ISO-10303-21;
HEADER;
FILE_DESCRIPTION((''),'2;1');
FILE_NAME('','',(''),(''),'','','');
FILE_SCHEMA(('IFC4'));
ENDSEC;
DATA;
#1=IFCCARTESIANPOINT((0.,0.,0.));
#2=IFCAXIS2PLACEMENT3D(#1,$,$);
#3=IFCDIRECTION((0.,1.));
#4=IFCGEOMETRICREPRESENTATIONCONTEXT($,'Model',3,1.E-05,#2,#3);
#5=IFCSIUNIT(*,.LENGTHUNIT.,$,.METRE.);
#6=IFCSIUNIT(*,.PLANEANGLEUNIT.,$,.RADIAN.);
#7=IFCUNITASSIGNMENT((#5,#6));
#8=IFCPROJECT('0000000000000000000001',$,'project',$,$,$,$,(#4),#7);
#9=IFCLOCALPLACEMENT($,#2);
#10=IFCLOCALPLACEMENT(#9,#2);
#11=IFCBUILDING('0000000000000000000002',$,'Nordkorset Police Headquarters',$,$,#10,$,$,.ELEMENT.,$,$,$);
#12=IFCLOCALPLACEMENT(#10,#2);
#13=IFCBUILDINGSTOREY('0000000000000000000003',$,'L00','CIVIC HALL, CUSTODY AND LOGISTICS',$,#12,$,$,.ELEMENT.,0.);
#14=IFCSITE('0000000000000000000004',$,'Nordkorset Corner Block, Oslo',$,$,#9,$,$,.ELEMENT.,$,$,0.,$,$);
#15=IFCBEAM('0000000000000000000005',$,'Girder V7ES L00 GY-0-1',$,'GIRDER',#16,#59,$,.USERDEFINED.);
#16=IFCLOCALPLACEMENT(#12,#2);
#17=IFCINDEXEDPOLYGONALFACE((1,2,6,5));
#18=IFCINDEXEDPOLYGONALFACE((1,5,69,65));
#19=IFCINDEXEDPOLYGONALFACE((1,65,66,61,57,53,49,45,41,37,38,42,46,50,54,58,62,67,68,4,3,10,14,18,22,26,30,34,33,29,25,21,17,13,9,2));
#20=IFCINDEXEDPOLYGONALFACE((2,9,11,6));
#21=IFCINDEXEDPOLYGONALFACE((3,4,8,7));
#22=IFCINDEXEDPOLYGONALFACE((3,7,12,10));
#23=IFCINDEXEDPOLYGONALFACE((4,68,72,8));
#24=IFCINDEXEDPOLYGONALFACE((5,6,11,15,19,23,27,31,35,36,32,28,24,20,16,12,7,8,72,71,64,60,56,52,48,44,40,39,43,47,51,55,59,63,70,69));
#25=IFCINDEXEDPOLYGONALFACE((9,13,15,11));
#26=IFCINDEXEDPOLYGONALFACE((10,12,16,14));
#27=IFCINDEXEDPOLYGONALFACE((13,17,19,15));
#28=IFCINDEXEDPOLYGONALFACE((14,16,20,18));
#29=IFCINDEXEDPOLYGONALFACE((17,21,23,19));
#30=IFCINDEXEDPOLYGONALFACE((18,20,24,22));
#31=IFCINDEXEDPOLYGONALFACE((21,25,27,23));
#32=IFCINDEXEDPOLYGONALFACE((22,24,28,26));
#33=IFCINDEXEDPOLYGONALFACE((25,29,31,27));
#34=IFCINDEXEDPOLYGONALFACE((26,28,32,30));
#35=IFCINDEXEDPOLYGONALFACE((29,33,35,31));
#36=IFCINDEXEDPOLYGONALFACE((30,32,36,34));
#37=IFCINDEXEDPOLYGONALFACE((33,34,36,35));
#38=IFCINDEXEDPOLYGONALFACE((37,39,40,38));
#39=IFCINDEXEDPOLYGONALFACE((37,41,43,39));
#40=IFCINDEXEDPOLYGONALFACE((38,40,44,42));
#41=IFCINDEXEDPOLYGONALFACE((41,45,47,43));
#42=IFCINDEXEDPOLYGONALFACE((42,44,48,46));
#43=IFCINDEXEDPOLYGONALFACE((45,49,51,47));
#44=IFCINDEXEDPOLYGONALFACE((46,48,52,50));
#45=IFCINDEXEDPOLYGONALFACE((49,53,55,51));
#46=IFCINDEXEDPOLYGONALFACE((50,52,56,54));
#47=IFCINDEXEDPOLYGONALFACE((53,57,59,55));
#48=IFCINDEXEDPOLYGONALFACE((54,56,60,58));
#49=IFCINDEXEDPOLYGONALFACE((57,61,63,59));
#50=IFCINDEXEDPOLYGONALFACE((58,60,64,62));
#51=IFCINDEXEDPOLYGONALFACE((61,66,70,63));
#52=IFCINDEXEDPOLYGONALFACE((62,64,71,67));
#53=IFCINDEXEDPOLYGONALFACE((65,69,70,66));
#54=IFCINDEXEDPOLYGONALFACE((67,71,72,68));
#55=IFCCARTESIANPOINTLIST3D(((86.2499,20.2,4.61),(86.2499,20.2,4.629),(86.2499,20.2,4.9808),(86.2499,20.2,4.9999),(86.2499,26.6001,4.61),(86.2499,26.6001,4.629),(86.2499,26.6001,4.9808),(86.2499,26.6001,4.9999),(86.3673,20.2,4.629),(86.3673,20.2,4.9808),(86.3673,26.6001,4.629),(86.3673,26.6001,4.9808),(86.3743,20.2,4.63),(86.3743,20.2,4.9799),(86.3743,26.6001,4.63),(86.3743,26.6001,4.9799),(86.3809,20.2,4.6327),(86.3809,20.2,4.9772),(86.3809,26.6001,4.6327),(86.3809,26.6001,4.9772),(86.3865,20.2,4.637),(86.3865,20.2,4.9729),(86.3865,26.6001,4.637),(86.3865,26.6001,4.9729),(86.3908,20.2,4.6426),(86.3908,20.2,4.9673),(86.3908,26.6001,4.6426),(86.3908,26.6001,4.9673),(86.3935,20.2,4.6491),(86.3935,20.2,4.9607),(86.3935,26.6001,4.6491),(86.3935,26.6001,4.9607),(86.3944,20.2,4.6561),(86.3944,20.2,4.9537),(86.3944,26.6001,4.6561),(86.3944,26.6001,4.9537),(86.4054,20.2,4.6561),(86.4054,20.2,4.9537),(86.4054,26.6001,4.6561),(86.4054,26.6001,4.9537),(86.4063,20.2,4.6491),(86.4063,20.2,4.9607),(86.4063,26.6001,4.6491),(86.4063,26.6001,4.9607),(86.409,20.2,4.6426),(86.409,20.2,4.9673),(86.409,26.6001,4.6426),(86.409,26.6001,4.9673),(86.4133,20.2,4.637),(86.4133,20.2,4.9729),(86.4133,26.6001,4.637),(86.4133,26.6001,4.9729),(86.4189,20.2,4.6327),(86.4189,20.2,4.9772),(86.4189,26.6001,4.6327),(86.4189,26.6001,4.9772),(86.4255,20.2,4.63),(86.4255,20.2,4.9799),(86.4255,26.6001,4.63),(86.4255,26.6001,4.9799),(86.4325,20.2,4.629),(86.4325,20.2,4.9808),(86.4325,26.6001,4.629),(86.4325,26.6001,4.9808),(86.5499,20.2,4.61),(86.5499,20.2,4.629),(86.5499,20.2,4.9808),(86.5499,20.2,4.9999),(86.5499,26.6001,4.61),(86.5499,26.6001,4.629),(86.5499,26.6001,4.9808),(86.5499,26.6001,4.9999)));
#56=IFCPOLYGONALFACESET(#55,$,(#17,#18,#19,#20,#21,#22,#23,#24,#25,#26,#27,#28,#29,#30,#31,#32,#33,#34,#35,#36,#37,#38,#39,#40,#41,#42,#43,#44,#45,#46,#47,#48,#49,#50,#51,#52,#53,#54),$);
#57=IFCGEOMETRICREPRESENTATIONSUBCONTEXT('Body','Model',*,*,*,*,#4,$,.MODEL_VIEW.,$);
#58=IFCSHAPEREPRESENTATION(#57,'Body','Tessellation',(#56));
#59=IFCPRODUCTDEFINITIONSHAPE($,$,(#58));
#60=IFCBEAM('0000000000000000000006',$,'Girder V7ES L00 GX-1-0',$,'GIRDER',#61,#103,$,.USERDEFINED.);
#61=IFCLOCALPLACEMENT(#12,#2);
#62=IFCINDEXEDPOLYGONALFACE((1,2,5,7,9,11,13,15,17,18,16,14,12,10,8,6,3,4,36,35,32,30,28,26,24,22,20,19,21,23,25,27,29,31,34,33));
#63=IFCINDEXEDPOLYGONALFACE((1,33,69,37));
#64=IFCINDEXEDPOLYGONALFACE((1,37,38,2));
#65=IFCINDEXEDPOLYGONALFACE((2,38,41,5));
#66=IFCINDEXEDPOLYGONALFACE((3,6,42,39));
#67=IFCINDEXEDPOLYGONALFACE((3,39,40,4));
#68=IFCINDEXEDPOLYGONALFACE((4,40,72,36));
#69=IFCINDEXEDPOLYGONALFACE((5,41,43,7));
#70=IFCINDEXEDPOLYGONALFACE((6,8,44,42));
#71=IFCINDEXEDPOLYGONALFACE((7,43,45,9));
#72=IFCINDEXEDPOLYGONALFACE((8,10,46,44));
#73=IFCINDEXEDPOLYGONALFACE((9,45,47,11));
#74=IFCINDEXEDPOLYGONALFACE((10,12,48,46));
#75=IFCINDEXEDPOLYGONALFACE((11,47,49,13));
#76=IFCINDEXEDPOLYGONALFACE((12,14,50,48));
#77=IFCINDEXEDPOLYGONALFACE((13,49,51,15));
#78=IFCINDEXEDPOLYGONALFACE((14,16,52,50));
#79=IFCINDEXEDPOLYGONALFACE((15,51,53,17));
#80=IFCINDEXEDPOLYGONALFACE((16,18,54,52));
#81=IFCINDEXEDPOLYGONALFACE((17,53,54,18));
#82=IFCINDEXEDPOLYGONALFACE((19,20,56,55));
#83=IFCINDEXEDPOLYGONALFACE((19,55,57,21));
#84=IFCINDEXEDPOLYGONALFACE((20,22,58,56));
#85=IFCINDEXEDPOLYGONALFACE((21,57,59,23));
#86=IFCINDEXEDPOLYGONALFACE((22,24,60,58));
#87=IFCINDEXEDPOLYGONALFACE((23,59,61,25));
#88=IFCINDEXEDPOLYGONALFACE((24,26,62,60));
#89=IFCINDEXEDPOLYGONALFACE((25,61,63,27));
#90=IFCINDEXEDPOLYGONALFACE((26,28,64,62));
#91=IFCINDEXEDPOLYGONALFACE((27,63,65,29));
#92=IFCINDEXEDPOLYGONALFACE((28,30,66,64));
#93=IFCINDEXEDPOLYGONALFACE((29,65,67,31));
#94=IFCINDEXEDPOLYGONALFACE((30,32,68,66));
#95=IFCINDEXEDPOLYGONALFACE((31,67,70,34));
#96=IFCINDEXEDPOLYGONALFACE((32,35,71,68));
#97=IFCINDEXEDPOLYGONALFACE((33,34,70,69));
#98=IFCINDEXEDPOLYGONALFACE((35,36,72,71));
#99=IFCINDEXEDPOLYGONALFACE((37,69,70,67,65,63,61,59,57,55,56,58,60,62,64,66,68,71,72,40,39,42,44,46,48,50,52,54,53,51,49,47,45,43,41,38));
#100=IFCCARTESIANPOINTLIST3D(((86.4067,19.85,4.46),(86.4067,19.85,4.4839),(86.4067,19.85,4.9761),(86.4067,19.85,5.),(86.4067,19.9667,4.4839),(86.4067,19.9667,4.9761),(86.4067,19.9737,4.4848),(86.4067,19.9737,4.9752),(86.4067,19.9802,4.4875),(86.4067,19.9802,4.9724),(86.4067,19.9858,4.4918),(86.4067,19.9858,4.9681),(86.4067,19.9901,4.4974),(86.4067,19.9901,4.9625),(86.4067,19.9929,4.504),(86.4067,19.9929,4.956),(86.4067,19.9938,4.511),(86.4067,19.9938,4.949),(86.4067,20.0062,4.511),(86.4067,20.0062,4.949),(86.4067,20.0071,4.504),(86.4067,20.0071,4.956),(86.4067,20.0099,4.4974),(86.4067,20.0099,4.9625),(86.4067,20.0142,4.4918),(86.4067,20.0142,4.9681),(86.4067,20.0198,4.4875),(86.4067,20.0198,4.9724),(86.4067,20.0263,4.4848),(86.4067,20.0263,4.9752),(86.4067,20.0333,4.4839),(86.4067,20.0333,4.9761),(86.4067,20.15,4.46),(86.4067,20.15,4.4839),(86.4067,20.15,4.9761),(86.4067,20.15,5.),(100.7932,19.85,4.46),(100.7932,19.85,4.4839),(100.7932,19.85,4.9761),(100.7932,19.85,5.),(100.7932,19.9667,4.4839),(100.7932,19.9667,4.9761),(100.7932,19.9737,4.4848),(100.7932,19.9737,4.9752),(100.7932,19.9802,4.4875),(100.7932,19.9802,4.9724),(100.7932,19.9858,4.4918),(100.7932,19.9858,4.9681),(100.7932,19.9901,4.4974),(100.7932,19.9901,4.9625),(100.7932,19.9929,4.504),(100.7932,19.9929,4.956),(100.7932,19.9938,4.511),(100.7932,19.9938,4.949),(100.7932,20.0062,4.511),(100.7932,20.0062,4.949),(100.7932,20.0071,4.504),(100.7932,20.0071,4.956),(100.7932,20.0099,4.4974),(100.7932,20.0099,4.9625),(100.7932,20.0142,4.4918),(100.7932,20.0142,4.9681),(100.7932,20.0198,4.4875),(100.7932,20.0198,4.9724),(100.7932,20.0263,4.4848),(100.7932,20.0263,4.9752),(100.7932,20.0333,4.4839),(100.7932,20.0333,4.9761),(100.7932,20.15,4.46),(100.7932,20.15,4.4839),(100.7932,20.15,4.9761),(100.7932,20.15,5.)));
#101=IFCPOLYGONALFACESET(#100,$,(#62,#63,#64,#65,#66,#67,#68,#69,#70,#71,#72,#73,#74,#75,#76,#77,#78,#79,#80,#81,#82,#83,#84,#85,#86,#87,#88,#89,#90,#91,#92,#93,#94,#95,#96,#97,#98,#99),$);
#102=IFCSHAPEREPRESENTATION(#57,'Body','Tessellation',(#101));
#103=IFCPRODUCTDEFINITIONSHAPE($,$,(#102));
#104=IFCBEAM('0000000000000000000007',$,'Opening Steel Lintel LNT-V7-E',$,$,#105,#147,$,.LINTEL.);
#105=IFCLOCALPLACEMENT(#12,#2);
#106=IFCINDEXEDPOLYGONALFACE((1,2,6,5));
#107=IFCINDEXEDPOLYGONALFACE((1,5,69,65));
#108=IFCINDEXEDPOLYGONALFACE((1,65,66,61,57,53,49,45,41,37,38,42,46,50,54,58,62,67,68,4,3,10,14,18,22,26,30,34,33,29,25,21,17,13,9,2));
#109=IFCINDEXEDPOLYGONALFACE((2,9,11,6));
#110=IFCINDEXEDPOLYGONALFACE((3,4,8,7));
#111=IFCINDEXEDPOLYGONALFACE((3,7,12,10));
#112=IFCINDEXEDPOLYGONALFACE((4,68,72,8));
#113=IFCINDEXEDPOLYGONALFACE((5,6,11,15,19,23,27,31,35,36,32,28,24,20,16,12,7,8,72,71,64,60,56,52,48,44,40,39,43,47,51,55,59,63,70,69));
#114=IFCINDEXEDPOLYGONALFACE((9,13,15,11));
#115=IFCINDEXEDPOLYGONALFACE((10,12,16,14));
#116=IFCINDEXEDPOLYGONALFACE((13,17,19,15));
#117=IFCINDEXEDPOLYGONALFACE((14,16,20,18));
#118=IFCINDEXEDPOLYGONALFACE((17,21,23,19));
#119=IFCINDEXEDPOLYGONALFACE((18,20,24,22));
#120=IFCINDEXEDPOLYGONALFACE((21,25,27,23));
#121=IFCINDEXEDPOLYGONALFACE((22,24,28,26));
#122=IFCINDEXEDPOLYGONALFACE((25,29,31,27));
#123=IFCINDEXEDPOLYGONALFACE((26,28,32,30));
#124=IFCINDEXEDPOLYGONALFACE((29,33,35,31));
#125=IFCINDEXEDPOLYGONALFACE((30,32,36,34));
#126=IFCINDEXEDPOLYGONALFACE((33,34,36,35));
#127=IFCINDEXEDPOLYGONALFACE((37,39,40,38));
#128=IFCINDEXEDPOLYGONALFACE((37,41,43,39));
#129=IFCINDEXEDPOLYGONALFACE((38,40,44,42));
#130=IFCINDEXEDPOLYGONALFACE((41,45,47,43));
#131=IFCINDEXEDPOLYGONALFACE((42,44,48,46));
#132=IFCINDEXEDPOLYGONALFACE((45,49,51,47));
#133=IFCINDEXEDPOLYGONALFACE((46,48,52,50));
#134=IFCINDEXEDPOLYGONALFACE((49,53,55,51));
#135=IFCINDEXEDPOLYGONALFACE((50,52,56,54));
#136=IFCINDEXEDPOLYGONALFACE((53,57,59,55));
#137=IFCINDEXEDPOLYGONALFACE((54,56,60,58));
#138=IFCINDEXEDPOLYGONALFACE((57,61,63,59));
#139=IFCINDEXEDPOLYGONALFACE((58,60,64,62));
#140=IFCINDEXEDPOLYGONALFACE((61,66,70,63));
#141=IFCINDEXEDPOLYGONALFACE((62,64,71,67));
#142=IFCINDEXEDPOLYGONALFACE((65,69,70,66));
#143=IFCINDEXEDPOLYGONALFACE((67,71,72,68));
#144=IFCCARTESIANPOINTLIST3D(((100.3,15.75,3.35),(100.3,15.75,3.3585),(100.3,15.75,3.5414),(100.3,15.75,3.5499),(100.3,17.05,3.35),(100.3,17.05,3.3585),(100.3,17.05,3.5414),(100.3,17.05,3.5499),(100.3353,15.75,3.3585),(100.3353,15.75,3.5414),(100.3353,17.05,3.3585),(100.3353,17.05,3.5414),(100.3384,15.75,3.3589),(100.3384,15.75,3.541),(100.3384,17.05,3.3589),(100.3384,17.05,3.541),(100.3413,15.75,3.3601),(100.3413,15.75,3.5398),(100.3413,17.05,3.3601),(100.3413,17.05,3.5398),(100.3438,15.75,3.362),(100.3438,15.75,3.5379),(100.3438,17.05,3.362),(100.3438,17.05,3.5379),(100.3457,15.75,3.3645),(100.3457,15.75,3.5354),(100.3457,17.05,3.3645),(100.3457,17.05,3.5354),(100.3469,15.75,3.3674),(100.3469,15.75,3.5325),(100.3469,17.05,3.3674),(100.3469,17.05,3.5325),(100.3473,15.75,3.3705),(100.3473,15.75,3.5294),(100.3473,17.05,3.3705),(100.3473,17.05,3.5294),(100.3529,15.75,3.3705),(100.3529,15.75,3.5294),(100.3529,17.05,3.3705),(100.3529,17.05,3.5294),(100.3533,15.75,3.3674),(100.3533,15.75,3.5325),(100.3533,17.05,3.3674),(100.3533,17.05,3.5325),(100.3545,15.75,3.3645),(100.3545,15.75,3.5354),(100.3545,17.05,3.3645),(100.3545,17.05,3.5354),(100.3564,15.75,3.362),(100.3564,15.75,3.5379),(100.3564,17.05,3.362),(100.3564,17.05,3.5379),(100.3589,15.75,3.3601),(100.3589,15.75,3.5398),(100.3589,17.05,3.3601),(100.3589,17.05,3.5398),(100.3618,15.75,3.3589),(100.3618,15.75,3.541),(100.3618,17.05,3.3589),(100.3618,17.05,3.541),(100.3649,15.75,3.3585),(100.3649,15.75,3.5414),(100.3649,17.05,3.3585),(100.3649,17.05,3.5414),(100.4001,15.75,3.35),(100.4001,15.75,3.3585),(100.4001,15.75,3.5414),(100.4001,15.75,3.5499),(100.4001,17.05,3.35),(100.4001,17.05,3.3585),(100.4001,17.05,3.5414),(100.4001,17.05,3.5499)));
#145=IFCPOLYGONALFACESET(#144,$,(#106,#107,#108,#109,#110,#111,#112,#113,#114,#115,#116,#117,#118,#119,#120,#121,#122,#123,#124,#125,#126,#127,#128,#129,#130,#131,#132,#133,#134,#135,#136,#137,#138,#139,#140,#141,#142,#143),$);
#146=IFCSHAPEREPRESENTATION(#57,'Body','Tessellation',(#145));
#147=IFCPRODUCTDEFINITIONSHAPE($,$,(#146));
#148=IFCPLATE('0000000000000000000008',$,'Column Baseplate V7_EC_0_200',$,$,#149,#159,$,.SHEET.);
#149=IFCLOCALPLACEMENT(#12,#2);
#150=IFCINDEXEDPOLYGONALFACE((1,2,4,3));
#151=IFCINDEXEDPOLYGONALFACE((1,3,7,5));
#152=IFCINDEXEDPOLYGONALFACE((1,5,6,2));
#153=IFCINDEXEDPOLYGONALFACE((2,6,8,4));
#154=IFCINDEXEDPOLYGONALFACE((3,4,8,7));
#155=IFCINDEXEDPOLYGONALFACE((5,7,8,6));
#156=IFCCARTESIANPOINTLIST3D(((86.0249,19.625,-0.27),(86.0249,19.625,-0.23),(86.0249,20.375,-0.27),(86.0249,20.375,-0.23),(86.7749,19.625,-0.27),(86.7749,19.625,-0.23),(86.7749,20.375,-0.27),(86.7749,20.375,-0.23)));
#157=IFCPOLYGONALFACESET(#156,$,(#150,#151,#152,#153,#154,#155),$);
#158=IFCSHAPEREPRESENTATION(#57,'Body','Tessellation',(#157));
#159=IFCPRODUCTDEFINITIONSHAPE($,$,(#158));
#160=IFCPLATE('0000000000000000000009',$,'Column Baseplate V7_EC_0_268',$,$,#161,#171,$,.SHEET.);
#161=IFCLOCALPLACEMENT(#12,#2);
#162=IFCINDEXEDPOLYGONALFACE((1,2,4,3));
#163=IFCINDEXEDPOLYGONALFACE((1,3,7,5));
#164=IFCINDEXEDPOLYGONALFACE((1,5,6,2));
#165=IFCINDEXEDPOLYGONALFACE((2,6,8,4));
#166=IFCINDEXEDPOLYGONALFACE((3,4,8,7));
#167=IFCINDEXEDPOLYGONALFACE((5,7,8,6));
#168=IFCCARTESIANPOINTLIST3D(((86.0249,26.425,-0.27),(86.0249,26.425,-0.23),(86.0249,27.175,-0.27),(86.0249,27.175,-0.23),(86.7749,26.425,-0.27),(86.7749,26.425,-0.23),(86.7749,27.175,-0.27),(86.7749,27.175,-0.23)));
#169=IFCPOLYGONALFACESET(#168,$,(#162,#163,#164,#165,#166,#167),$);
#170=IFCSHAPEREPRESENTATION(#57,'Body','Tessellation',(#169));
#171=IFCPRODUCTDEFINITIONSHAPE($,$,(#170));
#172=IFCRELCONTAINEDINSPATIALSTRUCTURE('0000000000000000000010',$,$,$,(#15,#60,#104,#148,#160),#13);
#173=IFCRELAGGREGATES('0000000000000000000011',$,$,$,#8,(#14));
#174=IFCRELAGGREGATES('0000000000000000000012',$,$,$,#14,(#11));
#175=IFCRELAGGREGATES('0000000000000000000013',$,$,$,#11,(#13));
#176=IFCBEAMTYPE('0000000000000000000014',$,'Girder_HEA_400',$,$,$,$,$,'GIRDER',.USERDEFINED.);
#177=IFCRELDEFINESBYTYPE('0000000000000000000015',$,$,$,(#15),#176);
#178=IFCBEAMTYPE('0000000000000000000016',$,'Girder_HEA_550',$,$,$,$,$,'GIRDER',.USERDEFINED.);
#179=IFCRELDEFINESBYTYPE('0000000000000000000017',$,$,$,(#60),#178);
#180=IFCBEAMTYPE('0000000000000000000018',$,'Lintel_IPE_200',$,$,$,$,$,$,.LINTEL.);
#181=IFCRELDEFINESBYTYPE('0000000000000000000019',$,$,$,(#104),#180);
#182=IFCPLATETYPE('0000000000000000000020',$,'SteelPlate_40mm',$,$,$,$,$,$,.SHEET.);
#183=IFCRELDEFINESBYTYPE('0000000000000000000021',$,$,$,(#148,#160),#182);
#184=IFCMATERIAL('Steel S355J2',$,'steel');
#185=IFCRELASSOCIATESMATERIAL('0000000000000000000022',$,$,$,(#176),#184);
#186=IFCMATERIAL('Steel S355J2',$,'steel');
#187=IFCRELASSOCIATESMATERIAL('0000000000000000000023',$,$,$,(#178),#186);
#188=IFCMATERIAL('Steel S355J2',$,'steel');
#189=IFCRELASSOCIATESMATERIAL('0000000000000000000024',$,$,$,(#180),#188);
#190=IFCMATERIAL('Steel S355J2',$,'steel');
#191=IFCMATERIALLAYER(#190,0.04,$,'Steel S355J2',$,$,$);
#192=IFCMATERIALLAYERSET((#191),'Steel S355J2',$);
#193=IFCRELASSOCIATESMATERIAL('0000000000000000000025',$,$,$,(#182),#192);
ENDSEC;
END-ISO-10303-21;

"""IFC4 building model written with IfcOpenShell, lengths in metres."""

from ifc_helpers import new_model, si_unit, direction, frame, origin, origin_2d, place, context, subcontext, project, spatial, rectangle, i_section, extrude, material, layer, layer_set, material_profile, profile_set, type_object, element, save


model = new_model("IFC4")

# Units and contexts
model_context = context("Model", 3, precision=1e-05, world=origin(), true_north=direction((0.0, 1.0)))
body_context = subcontext(model_context, "Body", "Model", "MODEL_VIEW")
ifc_project = project(units=[si_unit("LENGTHUNIT", "METRE"), si_unit("PLANEANGLEUNIT", "RADIAN")], contexts=[model_context])

# Site, building, storey
site_placement = place(None, origin())
site = spatial("IfcSite", under=ifc_project, at=site_placement, Name="Nordkorset Corner Block, Oslo", CompositionType="ELEMENT", RefElevation=0.0)
building_placement = place(site_placement, origin())
building = spatial("IfcBuilding", under=site, at=building_placement, Name="Nordkorset Police Headquarters", CompositionType="ELEMENT")
storey_placement = place(building_placement, origin())
storey = spatial("IfcBuildingStorey", under=building, at=storey_placement, Name="L00", Description="CIVIC HALL, CUSTODY AND LOGISTICS", CompositionType="ELEMENT", Elevation=0.0)

# Beams
ifc_material_1 = material(Name="Steel S355J2", Category="steel")
ifc_material_profile_1 = material_profile(ifc_material_1, i_section(OverallWidth=0.3, OverallDepth=0.3899, WebThickness=0.011, FlangeThickness=0.019, FilletRadius=0.0271, at=origin_2d()), Name="HEA 400")
ifc_profile_set_1 = profile_set([ifc_material_profile_1], Name="Steel S355J2")
beam_type_1 = type_object("IfcBeamType", Name="Girder_HEA_400", ElementType="GIRDER", PredefinedType="USERDEFINED", material=ifc_profile_set_1)
beam_1_placement = place(storey_placement, frame((86.3999, 20.2, 4.8049), z_axis=(0.0, 1.0, 0.0), x_axis=(-1.0, 0.0, 0.0)))
element("IfcBeam", 1, at=beam_1_placement, inside=storey, type_object=beam_type_1, Name="Girder V7ES L00 GY-0-1", ObjectType="GIRDER", PredefinedType="USERDEFINED", context=body_context, shape_type="SweptSolid", body=[
    extrude(i_section(OverallWidth=0.3, OverallDepth=0.3899, WebThickness=0.011, FlangeThickness=0.019, FilletRadius=0.0271, at=origin_2d()), origin(), (0.0, 0.0, 1.0), 6.4001),
])
ifc_material_2 = material(Name="Steel S355J2", Category="steel")
ifc_material_profile_2 = material_profile(ifc_material_2, i_section(OverallWidth=0.3, OverallDepth=0.54, WebThickness=0.0125, FlangeThickness=0.0239, FilletRadius=0.0271, at=origin_2d()), Name="HEA 550")
ifc_profile_set_2 = profile_set([ifc_material_profile_2], Name="Steel S355J2")
beam_type_2 = type_object("IfcBeamType", Name="Girder_HEA_550", ElementType="GIRDER", PredefinedType="USERDEFINED", material=ifc_profile_set_2)
beam_2_placement = place(storey_placement, frame((86.4067, 20.0, 4.73), z_axis=(1.0, 0.0, 0.0), x_axis=(0.0, 1.0, 0.0)))
element("IfcBeam", 2, at=beam_2_placement, inside=storey, type_object=beam_type_2, Name="Girder V7ES L00 GX-1-0", ObjectType="GIRDER", PredefinedType="USERDEFINED", context=body_context, shape_type="SweptSolid", body=[
    extrude(i_section(OverallWidth=0.3, OverallDepth=0.54, WebThickness=0.0125, FlangeThickness=0.0239, FilletRadius=0.0271, at=origin_2d()), origin(), (0.0, 0.0, 1.0), 14.3865),
])
ifc_material_3 = material(Name="Steel S355J2", Category="steel")
ifc_material_profile_3 = material_profile(ifc_material_3, i_section(OverallWidth=0.1001, OverallDepth=0.2, WebThickness=0.0056, FlangeThickness=0.0085, FilletRadius=0.012, at=origin_2d()), Name="IPE 200")
ifc_profile_set_3 = profile_set([ifc_material_profile_3], Name="Steel S355J2")
beam_type_3 = type_object("IfcBeamType", Name="Lintel_IPE_200", PredefinedType="LINTEL", material=ifc_profile_set_3)
beam_3_placement = place(storey_placement, frame((100.3501, 15.75, 3.45), z_axis=(0.0, 1.0, 0.0), x_axis=(-1.0, 0.0, 0.0)))
element("IfcBeam", 3, at=beam_3_placement, inside=storey, type_object=beam_type_3, Name="Opening Steel Lintel LNT-V7-E", PredefinedType="LINTEL", context=body_context, shape_type="SweptSolid", body=[
    extrude(i_section(OverallWidth=0.1001, OverallDepth=0.2, WebThickness=0.0056, FlangeThickness=0.0085, FilletRadius=0.012, at=origin_2d()), origin(), (0.0, 0.0, 1.0), 1.3),
])

# Plates
ifc_material_4 = material(Name="Steel S355J2", Category="steel")
ifc_layer_1 = layer(ifc_material_4, 0.04, Name="Steel S355J2")
ifc_layer_set_1 = layer_set([ifc_layer_1], Name="Steel S355J2")
plate_type = type_object("IfcPlateType", Name="SteelPlate_40mm", PredefinedType="SHEET", material=ifc_layer_set_1)
for number, where, z_axis, x_axis, name in (
    (4, (86.3999, 20.0, -0.27), (0.0, 0.0, 1.0), (1.0, 0.0, 0.0), "Column Baseplate V7_EC_0_200"),
    (5, (86.3999, 26.8, -0.27), (0.0, 0.0, 1.0), (1.0, 0.0, 0.0), "Column Baseplate V7_EC_0_268"),
):
    element("IfcPlate", number, at=place(storey_placement, frame(where, z_axis=z_axis, x_axis=x_axis)), inside=storey, type_object=plate_type, Name=name, PredefinedType="SHEET", context=body_context, shape_type="SweptSolid", body=[
        extrude(rectangle(XDim=0.75, YDim=0.75, at=origin_2d()), origin(), (0.0, 0.0, 1.0), 0.04),
    ])

save(model, "model.ifc")
